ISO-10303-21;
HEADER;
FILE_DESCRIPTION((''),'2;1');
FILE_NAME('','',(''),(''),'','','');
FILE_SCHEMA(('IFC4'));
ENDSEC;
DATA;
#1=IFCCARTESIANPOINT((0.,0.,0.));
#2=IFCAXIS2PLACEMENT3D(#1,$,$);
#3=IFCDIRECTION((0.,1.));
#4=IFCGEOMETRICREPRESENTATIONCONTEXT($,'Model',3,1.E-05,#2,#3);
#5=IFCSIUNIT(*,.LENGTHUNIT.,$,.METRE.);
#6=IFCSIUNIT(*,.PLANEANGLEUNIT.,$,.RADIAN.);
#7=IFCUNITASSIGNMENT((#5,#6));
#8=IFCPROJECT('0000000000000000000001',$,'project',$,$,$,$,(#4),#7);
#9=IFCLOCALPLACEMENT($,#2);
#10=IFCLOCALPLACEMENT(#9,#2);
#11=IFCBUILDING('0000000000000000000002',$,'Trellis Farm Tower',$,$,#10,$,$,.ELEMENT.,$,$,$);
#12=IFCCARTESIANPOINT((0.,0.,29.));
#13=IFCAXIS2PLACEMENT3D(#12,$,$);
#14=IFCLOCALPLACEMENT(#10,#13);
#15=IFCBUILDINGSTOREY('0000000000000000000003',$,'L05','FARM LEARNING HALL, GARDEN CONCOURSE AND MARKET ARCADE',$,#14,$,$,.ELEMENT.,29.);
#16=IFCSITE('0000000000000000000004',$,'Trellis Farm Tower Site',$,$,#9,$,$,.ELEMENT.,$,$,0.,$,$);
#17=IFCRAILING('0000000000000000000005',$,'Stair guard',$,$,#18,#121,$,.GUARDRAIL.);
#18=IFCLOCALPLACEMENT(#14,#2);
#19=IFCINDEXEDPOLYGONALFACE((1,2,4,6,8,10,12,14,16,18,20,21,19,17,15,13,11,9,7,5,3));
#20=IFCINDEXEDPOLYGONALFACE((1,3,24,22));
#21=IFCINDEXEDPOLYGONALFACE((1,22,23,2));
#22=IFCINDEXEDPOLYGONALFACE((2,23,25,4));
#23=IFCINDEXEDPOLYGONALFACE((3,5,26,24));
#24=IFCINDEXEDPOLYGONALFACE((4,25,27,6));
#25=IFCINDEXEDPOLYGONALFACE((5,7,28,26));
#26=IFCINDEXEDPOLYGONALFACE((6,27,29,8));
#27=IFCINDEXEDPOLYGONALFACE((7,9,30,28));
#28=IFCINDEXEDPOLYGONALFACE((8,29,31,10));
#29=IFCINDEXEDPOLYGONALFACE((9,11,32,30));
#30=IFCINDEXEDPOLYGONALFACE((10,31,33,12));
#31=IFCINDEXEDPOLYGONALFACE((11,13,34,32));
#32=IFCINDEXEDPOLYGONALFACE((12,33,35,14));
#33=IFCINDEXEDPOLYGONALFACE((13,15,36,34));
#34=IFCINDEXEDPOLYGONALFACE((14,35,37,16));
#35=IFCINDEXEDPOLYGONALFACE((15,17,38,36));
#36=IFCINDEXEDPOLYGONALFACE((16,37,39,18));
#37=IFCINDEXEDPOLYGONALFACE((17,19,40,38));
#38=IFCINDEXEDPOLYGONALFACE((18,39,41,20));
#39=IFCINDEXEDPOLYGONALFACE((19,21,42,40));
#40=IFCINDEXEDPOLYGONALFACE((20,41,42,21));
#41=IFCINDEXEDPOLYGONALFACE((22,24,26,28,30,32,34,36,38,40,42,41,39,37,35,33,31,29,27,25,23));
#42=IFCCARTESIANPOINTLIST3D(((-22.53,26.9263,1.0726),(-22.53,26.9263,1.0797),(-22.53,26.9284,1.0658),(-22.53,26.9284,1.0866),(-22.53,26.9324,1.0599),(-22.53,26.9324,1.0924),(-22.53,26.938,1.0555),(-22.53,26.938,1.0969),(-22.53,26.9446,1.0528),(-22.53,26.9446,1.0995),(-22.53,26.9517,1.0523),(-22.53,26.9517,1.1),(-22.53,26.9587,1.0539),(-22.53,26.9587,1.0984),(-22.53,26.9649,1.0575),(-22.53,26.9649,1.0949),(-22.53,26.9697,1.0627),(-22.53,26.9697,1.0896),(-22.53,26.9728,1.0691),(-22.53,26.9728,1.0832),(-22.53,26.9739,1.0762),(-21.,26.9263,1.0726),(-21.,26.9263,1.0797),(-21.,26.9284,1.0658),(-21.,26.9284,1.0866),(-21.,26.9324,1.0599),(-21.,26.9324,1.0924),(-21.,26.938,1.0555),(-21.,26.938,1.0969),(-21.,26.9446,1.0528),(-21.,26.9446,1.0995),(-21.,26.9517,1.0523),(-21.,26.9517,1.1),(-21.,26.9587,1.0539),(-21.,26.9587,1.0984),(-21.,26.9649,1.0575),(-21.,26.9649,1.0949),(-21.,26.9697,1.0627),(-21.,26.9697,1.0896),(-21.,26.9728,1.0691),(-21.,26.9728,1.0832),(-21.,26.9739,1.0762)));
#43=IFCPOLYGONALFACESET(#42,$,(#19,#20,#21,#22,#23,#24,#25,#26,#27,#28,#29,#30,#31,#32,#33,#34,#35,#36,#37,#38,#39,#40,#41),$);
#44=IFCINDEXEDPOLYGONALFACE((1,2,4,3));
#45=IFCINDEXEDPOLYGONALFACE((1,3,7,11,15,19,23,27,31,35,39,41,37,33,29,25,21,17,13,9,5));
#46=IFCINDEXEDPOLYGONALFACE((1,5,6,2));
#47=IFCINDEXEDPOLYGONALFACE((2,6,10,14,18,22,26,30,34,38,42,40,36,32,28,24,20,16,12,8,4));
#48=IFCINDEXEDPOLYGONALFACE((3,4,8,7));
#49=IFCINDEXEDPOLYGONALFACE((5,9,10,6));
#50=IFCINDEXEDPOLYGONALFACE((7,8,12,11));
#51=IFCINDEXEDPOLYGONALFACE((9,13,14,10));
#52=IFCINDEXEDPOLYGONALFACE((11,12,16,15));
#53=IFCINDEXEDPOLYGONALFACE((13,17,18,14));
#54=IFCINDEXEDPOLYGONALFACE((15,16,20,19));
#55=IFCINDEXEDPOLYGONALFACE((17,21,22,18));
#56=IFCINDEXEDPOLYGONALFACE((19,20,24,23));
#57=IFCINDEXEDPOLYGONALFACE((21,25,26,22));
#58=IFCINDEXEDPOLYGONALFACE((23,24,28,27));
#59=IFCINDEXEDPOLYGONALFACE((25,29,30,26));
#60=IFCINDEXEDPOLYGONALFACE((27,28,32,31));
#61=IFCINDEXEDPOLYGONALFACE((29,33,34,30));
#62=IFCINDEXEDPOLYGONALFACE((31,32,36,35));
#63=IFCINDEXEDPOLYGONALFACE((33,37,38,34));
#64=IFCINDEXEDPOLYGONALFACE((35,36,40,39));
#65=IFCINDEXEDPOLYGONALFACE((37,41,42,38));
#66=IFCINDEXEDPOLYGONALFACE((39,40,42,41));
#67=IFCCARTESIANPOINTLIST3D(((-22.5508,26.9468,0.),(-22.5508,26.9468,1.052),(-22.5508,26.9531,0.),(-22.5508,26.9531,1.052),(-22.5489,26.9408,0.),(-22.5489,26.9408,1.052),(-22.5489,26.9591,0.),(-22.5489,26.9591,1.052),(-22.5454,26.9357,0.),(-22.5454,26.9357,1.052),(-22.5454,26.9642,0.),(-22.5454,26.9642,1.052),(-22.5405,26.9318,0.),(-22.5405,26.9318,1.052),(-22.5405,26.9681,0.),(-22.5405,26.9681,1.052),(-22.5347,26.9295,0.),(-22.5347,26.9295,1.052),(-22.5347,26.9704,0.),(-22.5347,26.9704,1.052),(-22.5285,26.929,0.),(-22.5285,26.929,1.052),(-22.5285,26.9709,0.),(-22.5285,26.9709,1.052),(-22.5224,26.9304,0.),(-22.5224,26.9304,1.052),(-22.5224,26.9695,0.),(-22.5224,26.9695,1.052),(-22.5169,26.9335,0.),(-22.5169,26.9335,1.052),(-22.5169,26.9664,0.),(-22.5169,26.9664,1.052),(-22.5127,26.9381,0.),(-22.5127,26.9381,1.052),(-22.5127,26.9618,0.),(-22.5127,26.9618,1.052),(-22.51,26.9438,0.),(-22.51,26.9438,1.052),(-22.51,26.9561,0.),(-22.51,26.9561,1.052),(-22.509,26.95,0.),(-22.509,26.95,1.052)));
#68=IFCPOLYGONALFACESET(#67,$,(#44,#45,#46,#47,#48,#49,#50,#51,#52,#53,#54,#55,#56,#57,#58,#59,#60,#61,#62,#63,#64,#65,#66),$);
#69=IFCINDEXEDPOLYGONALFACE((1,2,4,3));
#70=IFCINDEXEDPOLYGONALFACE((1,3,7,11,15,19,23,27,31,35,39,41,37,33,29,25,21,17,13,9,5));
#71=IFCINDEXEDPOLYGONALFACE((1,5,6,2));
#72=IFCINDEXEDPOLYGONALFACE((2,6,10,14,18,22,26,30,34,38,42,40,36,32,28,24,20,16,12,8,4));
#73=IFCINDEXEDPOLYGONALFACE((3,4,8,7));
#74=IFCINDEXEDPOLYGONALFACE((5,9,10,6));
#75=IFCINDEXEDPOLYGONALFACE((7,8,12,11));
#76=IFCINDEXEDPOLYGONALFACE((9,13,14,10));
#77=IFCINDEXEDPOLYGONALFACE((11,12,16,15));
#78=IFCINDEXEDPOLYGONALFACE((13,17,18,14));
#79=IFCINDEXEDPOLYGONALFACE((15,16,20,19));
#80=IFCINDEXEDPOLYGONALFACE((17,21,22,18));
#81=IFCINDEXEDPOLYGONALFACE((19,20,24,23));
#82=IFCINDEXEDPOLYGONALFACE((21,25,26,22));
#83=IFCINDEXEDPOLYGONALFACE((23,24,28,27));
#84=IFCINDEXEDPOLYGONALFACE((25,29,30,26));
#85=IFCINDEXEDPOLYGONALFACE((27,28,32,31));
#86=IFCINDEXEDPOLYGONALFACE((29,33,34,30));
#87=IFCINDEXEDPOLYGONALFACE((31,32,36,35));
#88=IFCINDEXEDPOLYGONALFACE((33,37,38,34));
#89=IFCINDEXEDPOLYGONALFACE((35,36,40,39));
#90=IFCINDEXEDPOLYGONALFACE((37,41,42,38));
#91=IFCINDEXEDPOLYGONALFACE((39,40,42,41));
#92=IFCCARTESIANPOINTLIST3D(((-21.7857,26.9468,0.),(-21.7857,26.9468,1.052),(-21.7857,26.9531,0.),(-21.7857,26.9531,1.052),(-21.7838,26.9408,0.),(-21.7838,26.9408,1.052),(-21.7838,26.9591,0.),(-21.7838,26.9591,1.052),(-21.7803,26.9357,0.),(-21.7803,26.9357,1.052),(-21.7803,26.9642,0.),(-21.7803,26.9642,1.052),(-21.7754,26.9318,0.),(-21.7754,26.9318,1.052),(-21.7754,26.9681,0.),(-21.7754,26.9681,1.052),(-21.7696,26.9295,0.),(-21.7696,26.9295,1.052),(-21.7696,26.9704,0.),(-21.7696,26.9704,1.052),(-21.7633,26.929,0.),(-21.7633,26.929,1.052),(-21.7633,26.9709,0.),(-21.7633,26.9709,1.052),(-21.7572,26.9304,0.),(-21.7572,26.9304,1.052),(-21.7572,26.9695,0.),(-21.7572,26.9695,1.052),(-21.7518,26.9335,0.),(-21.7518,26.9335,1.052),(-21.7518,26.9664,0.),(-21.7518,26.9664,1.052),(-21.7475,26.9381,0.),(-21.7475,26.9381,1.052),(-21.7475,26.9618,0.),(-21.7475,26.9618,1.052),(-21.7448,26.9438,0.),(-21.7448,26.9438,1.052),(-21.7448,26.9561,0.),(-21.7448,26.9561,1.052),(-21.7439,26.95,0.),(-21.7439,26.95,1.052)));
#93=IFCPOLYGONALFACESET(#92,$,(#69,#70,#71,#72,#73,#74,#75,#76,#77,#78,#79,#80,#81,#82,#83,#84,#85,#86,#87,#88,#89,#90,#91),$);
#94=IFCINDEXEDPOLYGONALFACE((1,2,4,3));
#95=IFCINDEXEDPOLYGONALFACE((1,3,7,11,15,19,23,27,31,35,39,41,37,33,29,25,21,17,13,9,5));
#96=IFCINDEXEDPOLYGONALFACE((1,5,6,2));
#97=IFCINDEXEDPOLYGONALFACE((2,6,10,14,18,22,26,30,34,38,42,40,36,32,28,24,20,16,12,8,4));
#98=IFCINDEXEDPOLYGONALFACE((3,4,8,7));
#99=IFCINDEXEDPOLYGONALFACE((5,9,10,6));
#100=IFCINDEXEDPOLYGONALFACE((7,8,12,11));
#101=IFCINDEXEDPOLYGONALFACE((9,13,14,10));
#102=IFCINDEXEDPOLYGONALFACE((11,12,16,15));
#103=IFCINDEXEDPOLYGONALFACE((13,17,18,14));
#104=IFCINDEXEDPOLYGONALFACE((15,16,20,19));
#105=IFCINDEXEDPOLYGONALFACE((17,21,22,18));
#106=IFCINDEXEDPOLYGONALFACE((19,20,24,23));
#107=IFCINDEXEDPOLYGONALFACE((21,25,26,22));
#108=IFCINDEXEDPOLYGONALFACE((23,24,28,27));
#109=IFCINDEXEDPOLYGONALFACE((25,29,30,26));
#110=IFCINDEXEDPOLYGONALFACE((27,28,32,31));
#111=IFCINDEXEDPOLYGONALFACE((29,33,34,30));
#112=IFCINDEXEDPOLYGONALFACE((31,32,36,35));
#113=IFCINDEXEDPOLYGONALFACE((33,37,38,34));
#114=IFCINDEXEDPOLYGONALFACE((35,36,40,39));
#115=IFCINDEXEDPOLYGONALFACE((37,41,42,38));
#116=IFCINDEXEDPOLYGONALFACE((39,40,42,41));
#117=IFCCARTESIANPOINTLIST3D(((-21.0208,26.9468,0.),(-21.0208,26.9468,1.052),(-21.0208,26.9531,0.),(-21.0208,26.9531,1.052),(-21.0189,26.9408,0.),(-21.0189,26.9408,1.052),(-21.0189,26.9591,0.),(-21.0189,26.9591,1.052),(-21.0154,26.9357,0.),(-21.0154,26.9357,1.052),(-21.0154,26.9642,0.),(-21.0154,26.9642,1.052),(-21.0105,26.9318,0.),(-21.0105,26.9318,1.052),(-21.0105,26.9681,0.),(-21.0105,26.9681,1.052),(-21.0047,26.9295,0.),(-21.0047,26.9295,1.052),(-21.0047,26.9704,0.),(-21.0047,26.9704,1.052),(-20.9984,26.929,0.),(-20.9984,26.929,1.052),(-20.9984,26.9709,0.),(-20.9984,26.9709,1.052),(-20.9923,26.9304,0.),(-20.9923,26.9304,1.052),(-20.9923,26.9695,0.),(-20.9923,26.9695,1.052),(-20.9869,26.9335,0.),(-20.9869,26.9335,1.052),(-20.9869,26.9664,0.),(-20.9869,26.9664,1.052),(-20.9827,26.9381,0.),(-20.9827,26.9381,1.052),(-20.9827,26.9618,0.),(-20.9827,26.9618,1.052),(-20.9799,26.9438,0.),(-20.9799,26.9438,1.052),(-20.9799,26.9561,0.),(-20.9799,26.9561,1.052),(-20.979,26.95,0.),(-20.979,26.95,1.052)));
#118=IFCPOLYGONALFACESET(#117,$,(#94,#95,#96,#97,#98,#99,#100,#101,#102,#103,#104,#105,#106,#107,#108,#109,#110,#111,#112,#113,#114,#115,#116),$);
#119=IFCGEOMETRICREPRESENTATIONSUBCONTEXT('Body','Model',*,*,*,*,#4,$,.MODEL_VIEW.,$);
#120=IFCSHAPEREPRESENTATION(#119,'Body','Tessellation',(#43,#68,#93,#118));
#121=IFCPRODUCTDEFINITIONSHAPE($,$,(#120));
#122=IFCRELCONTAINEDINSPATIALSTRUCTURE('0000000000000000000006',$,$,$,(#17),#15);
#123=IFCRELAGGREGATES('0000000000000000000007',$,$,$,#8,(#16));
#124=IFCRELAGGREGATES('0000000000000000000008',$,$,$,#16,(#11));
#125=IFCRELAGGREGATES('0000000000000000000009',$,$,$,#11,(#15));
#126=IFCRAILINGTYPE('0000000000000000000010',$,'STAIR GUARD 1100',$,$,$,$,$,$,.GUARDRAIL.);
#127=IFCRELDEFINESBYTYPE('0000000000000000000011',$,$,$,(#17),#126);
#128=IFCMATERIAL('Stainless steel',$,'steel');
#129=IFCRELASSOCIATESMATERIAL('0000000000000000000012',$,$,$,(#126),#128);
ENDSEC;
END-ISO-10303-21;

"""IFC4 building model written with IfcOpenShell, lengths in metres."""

from ifc_helpers import new_model, si_unit, direction, frame, origin, origin_2d, place, context, subcontext, project, spatial, circle, extrude, source, transform, mapped, material, type_object, element, save


model = new_model("IFC4")

# Units and contexts
model_context = context("Model", 3, precision=1e-05, world=origin(), true_north=direction((0.0, 1.0)))
body_context = subcontext(model_context, "Body", "Model", "MODEL_VIEW")
ifc_project = project(units=[si_unit("LENGTHUNIT", "METRE"), si_unit("PLANEANGLEUNIT", "RADIAN")], contexts=[model_context])

# Site, building, storey
site_placement = place(None, origin())
site = spatial("IfcSite", under=ifc_project, at=site_placement, Name="Trellis Farm Tower Site", CompositionType="ELEMENT", RefElevation=0.0)
building_placement = place(site_placement, origin())
building = spatial("IfcBuilding", under=site, at=building_placement, Name="Trellis Farm Tower", CompositionType="ELEMENT")
storey_placement = place(building_placement, frame((0.0, 0.0, 29.0)))
storey = spatial("IfcBuildingStorey", under=building, at=storey_placement, Name="L05", Description="FARM LEARNING HALL, GARDEN CONCOURSE AND MARKET ARCADE", CompositionType="ELEMENT", Elevation=29.0)

# Railing
ifc_material_1 = material(Name="Stainless steel", Category="steel")
railing_type = type_object("IfcRailingType", Name="STAIR GUARD 1100", PredefinedType="GUARDRAIL", material=ifc_material_1)
shared_shape_1 = source(origin(), body_context, "Body", "SweptSolid", [
    extrude(circle(Radius=0.0239, at=origin_2d()), frame((0.0, 0.0, 1.0762), z_axis=(1.0, 0.0, 0.0), x_axis=(0.0, 1.0, 0.0)), (0.0, 0.0, 1.0), 1.53),
    extrude(circle(Radius=0.021, at=origin_2d()), origin(), (0.0, 0.0, 1.0), 1.052),
    extrude(circle(Radius=0.021, at=origin_2d()), frame((0.7651, 0.0, 0.0)), (0.0, 0.0, 1.0), 1.052),
    extrude(circle(Radius=0.021, at=origin_2d()), frame((1.53, 0.0, 0.0)), (0.0, 0.0, 1.0), 1.052),
])
railing_placement = place(storey_placement, frame((-22.53, 26.95, 0.0)))
element("IfcRailing", 1, at=railing_placement, inside=storey, type_object=railing_type, Name="Stair guard", PredefinedType="GUARDRAIL", context=body_context, shape_type="MappedRepresentation", body=[
    mapped(shared_shape_1, transform((0.0, 0.0, 0.0))),
])

save(model, "model.ifc")
